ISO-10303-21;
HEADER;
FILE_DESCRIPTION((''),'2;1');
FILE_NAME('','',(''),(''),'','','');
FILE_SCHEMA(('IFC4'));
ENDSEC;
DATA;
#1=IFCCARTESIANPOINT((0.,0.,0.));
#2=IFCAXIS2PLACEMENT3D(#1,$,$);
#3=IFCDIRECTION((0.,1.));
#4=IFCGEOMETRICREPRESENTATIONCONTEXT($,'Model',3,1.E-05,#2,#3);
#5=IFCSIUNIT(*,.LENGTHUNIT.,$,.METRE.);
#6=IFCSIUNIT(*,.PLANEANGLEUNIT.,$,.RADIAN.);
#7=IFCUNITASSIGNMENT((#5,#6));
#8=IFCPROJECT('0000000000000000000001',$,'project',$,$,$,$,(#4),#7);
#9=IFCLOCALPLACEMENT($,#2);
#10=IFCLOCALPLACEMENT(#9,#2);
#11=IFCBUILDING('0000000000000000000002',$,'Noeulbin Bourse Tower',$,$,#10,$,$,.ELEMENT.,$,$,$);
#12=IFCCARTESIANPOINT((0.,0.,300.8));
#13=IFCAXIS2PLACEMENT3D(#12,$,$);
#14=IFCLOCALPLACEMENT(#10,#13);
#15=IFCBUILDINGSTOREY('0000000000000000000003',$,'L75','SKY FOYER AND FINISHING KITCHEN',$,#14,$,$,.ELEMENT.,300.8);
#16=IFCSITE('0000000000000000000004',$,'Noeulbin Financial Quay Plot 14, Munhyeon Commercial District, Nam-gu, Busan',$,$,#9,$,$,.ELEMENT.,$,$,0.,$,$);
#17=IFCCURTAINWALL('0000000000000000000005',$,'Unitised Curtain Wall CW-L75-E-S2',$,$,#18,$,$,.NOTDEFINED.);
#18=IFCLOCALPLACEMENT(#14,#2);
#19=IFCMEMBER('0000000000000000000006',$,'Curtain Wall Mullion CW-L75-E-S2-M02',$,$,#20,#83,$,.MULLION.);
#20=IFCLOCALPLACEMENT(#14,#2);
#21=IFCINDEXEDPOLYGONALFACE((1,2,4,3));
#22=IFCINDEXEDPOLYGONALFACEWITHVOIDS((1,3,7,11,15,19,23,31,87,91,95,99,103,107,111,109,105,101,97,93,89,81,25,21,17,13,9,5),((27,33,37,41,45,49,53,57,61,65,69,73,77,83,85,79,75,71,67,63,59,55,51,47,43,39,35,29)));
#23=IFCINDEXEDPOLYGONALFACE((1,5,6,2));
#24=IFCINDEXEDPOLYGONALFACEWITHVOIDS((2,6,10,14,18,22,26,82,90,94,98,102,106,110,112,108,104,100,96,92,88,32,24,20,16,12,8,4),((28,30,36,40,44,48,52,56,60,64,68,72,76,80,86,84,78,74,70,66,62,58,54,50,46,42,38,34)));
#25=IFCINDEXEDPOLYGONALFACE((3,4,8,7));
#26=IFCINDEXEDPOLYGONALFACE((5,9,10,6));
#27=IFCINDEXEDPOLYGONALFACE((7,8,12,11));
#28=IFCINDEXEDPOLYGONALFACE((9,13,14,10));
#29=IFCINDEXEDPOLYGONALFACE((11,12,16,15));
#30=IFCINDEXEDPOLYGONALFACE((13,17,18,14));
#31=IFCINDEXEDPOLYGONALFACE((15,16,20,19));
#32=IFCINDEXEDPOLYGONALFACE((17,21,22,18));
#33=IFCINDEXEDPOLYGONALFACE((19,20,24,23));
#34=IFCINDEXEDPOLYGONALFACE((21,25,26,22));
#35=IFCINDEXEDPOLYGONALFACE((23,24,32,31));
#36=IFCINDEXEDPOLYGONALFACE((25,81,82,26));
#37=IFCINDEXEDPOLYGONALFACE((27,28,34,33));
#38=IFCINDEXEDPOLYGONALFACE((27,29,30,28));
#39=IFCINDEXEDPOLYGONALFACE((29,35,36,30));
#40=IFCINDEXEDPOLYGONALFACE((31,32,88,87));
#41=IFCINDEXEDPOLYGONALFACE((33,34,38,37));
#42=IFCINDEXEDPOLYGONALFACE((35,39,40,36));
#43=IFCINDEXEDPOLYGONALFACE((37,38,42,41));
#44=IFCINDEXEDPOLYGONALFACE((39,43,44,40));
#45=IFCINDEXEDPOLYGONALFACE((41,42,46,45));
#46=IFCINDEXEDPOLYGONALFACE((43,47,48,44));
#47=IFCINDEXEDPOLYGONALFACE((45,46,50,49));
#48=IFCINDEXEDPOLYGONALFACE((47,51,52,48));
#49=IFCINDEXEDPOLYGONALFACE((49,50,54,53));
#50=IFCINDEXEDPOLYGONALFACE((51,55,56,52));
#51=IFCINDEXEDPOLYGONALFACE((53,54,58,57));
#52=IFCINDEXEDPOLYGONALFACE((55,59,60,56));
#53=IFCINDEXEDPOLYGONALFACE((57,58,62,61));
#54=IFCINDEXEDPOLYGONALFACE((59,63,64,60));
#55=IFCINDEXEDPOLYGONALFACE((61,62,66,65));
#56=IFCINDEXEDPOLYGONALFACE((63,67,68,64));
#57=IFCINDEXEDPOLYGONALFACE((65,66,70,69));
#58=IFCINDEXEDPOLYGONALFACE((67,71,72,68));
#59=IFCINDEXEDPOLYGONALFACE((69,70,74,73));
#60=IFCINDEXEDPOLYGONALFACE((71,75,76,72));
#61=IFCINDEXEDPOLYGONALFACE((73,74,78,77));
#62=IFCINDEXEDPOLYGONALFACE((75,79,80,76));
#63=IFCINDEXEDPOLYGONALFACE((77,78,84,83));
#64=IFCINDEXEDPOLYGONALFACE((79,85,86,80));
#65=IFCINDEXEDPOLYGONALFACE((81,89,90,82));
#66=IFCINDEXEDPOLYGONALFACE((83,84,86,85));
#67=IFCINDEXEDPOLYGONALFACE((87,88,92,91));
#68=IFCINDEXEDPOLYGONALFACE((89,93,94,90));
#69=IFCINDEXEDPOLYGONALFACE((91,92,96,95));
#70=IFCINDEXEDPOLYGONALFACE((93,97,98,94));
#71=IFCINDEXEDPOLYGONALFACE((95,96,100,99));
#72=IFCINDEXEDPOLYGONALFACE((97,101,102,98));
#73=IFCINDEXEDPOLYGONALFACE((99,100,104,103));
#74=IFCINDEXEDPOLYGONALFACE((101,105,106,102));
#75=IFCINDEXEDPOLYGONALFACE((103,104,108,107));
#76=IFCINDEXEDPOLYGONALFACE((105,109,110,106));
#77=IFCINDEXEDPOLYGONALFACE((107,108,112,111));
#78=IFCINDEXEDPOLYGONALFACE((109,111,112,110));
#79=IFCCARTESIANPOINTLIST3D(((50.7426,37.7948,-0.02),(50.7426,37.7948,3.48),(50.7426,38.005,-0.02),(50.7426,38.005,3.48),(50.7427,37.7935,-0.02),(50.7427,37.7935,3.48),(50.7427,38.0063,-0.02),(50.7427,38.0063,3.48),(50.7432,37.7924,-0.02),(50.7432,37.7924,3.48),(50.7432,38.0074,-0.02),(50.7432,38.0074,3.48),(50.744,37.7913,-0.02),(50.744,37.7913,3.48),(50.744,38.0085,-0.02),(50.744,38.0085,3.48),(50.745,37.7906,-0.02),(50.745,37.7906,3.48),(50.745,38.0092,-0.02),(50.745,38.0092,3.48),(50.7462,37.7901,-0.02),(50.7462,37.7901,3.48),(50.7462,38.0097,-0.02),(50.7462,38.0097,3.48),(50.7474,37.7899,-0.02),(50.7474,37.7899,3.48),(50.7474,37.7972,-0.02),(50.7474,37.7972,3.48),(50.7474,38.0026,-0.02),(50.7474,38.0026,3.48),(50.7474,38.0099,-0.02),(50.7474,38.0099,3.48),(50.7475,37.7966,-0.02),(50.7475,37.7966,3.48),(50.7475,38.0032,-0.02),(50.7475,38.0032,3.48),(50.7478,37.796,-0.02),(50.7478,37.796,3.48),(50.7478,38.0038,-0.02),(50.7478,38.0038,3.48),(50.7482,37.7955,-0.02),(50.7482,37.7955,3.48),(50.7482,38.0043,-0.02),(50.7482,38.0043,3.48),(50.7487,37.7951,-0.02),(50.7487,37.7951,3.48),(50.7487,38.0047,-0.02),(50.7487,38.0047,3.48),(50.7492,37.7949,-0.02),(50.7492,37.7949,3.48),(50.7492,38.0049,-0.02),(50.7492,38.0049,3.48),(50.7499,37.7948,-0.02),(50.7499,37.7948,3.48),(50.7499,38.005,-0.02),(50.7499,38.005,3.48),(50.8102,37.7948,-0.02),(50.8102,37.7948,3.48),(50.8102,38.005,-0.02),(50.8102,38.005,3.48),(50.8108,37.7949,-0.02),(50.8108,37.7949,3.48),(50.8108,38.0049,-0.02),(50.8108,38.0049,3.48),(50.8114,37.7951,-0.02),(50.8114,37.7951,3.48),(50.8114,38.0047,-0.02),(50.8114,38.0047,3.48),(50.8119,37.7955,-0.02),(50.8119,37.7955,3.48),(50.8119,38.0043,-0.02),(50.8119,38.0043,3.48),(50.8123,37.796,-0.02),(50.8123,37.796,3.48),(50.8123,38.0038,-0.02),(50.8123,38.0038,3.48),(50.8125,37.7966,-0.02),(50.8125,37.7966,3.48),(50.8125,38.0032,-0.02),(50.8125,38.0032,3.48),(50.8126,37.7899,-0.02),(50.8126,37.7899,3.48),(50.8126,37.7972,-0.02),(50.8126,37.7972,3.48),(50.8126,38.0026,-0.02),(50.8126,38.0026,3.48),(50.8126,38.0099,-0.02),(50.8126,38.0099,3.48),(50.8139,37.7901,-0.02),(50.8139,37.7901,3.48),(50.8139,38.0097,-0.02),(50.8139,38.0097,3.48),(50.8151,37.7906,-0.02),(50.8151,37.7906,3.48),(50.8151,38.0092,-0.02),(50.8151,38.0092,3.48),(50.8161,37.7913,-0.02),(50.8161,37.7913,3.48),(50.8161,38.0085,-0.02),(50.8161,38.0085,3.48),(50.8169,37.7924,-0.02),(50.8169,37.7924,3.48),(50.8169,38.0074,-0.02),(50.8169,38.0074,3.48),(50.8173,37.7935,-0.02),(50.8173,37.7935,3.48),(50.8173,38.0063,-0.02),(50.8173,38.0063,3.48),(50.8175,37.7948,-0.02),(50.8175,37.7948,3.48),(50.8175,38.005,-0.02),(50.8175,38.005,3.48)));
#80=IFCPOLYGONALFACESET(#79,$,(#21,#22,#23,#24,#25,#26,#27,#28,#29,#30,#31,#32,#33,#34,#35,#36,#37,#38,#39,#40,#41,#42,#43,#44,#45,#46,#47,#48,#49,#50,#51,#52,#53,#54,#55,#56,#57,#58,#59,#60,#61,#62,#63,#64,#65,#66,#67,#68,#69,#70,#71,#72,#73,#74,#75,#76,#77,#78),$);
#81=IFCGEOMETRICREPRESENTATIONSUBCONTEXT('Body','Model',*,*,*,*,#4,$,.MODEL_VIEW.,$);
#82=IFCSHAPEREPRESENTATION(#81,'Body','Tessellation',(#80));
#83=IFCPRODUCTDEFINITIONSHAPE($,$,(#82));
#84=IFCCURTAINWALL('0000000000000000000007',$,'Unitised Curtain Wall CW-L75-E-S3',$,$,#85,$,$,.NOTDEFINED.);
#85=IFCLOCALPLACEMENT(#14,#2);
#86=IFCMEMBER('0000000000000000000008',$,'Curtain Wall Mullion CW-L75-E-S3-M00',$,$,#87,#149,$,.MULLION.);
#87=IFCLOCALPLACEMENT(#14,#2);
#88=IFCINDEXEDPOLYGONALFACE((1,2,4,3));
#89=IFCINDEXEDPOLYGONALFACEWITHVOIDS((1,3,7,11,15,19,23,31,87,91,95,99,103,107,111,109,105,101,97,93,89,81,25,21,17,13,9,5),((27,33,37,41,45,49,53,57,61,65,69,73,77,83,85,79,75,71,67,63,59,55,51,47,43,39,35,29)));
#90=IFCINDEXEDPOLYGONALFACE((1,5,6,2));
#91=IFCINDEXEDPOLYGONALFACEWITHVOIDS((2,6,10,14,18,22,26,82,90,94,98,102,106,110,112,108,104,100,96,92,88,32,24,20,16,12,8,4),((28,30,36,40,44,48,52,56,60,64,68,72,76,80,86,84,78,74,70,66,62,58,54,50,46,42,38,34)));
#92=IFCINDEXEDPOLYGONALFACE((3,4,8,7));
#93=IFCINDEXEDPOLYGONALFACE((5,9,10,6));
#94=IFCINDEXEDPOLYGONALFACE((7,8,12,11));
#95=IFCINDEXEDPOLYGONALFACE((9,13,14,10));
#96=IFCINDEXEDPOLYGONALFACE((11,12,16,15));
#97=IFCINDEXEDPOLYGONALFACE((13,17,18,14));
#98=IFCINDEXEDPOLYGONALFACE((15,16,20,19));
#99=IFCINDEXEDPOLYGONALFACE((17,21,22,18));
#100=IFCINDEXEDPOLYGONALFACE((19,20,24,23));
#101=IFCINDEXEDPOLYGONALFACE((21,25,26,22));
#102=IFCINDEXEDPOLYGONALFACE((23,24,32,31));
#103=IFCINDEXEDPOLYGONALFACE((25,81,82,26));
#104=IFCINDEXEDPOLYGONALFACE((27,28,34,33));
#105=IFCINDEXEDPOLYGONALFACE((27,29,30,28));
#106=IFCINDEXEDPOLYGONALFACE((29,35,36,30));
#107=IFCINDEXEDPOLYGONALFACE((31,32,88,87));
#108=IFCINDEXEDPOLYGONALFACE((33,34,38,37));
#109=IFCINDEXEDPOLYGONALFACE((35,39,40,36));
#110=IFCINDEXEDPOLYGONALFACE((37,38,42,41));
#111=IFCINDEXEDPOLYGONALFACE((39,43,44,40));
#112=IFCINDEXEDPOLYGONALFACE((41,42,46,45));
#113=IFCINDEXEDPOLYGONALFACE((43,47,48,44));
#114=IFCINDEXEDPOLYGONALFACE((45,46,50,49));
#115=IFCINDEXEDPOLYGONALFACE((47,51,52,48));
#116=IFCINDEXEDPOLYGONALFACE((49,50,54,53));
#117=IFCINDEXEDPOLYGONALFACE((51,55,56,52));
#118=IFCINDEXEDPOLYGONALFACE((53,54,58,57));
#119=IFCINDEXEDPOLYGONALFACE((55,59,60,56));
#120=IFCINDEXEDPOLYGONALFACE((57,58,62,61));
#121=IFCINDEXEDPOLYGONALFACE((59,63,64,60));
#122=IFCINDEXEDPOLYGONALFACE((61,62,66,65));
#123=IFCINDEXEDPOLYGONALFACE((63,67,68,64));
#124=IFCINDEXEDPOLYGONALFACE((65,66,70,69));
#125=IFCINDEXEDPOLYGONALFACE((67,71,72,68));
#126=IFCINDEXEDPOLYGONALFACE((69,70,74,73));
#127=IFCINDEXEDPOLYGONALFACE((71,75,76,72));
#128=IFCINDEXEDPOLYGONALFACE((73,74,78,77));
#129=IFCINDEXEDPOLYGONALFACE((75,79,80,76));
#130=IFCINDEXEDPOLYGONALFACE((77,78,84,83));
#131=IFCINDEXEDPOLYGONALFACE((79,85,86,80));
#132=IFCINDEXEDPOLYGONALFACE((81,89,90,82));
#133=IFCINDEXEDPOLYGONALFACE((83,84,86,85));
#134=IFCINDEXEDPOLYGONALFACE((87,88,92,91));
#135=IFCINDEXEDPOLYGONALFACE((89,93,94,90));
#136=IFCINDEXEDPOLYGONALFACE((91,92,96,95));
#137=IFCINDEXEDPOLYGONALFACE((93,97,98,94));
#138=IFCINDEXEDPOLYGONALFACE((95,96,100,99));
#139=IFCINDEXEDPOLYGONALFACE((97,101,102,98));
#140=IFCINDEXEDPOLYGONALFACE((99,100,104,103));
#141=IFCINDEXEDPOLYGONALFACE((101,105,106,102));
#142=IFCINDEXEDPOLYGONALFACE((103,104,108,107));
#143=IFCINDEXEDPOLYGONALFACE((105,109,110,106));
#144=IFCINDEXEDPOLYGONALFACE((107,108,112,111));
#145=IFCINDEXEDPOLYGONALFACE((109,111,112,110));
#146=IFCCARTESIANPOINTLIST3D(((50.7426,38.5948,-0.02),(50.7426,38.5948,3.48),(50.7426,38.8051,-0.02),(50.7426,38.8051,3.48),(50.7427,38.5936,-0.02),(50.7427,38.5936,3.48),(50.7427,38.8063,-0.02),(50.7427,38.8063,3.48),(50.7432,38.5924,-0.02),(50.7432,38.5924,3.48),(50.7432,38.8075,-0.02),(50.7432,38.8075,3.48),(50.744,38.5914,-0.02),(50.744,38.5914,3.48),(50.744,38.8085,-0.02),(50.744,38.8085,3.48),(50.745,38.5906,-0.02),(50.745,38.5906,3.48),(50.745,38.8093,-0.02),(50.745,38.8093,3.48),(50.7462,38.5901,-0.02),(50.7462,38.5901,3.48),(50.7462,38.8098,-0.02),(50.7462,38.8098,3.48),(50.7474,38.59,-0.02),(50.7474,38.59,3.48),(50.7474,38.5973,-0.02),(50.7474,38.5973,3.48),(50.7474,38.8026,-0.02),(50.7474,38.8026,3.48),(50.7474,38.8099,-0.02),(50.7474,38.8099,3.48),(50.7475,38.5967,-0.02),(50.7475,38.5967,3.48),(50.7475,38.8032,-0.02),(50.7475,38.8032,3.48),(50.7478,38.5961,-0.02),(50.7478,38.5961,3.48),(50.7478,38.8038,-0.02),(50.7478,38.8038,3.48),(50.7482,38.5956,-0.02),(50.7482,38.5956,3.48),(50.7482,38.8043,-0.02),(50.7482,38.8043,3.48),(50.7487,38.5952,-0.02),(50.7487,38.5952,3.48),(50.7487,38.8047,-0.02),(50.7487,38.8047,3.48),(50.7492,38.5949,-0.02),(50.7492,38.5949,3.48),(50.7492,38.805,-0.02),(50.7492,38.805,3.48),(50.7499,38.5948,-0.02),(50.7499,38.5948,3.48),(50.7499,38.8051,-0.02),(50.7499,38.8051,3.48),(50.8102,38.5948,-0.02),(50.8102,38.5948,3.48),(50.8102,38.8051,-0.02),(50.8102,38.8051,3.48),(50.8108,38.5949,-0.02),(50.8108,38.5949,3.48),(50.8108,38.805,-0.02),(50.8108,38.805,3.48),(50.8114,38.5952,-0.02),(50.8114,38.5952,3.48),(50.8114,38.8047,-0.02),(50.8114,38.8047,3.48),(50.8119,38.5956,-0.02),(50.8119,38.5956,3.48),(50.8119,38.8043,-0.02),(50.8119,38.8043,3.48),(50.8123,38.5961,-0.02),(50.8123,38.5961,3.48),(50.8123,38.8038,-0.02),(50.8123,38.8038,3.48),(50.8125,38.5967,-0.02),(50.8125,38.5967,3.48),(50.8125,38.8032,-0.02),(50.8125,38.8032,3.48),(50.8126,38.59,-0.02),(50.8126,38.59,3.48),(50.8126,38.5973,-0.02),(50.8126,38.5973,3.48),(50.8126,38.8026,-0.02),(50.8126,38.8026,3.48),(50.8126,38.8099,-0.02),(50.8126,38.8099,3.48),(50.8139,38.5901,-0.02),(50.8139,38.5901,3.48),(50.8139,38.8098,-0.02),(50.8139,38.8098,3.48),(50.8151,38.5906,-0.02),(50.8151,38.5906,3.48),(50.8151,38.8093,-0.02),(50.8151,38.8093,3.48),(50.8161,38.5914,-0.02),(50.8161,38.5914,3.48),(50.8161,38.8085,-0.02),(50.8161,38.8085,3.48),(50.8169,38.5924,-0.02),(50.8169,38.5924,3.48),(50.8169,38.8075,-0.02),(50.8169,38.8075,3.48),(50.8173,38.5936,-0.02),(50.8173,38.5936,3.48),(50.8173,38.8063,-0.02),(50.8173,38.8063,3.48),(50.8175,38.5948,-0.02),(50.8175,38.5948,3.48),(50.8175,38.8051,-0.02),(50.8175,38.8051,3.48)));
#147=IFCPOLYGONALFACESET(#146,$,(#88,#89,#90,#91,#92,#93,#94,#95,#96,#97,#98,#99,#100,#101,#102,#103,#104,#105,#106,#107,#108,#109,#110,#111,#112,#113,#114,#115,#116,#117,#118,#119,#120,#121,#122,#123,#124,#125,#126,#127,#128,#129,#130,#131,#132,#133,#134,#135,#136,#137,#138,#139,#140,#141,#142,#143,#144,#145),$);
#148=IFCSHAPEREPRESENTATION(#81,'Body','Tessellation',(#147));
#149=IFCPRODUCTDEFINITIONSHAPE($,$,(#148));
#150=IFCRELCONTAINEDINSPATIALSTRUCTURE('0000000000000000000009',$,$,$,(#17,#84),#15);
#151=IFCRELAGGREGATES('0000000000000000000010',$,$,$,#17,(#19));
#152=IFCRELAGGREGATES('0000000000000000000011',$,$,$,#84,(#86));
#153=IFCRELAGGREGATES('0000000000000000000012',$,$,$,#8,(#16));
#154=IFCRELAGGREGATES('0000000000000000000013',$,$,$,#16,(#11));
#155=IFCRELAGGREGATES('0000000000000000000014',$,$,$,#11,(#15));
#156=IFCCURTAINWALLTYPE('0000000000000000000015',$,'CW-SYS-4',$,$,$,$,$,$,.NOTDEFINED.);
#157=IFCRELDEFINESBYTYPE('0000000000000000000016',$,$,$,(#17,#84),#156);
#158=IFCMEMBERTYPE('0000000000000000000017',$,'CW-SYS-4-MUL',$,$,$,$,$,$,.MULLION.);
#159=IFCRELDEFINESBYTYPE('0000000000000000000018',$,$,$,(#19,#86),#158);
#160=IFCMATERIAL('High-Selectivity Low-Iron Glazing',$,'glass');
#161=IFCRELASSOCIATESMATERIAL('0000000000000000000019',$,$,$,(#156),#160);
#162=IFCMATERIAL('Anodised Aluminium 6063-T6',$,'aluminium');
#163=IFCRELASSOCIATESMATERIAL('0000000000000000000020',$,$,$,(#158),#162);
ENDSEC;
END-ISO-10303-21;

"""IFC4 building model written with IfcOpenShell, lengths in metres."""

from ifc_helpers import new_model, si_unit, direction, frame, origin, origin_2d, place, context, subcontext, project, spatial, hollow_rectangle, extrude, material, material_profile, profile_set, type_object, element, aggregate, save


model = new_model("IFC4")

# Units and contexts
model_context = context("Model", 3, precision=1e-05, world=origin(), true_north=direction((0.0, 1.0)))
body_context = subcontext(model_context, "Body", "Model", "MODEL_VIEW")
ifc_project = project(units=[si_unit("LENGTHUNIT", "METRE"), si_unit("PLANEANGLEUNIT", "RADIAN")], contexts=[model_context])

# Site, building, storey
site_placement = place(None, origin())
site = spatial("IfcSite", under=ifc_project, at=site_placement, Name="Noeulbin Financial Quay Plot 14, Munhyeon Commercial District, Nam-gu, Busan", CompositionType="ELEMENT", RefElevation=0.0)
building_placement = place(site_placement, origin())
building = spatial("IfcBuilding", under=site, at=building_placement, Name="Noeulbin Bourse Tower", CompositionType="ELEMENT")
storey_placement = place(building_placement, frame((0.0, 0.0, 300.8)))
storey = spatial("IfcBuildingStorey", under=building, at=storey_placement, Name="L75", Description="SKY FOYER AND FINISHING KITCHEN", CompositionType="ELEMENT", Elevation=300.8)

# Shared definitions
ifc_material_1 = material(Name="High-Selectivity Low-Iron Glazing", Category="glass")
curtain_wall_type = type_object("IfcCurtainWallType", Name="CW-SYS-4", PredefinedType="NOTDEFINED", material=ifc_material_1)
ifc_material_2 = material(Name="Anodised Aluminium 6063-T6", Category="aluminium")
ifc_material_profile_1 = material_profile(ifc_material_2, hollow_rectangle(XDim=0.075, YDim=0.22, WallThickness=0.0049, InnerFilletRadius=0.0024, OuterFilletRadius=0.0049, at=origin_2d()), Name="ALU-MULL-75x220x5", Category="LoadBearing")
ifc_profile_set_1 = profile_set([ifc_material_profile_1], Name="Anodised Aluminium 6063-T6")
member_type_1 = type_object("IfcMemberType", Name="CW-SYS-4-MUL", PredefinedType="MULLION", material=ifc_profile_set_1)

# Curtain walls, members
curtain_wall_1_placement = place(storey_placement, origin())
curtain_wall_1 = element("IfcCurtainWall", 1, at=curtain_wall_1_placement, inside=storey, type_object=curtain_wall_type, Name="Unitised Curtain Wall CW-L75-E-S2", PredefinedType="NOTDEFINED")
member_1_placement = place(storey_placement, frame((50.78, 37.8999, -0.02), z_axis=(0.0, 0.0, 1.0), x_axis=(1.0, 0.0, 0.0)))
member_1 = element("IfcMember", 2, at=member_1_placement, type_object=member_type_1, Name="Curtain Wall Mullion CW-L75-E-S2-M02", PredefinedType="MULLION", context=body_context, shape_type="SweptSolid", body=[
    extrude(hollow_rectangle(XDim=0.075, YDim=0.22, WallThickness=0.0049, InnerFilletRadius=0.0024, OuterFilletRadius=0.0049, at=origin_2d()), origin(), (0.0, 0.0, 1.0), 3.5),
])
curtain_wall_2_placement = place(storey_placement, origin())
curtain_wall_2 = element("IfcCurtainWall", 3, at=curtain_wall_2_placement, inside=storey, type_object=curtain_wall_type, Name="Unitised Curtain Wall CW-L75-E-S3", PredefinedType="NOTDEFINED")
member_2_placement = place(storey_placement, frame((50.78, 38.7, -0.02), z_axis=(0.0, 0.0, 1.0), x_axis=(1.0, 0.0, 0.0)))
member_2 = element("IfcMember", 4, at=member_2_placement, type_object=member_type_1, Name="Curtain Wall Mullion CW-L75-E-S3-M00", PredefinedType="MULLION", context=body_context, shape_type="SweptSolid", body=[
    extrude(hollow_rectangle(XDim=0.075, YDim=0.22, WallThickness=0.0049, InnerFilletRadius=0.0024, OuterFilletRadius=0.0049, at=origin_2d()), origin(), (0.0, 0.0, 1.0), 3.5),
])

aggregate(curtain_wall_1, [member_1])
aggregate(curtain_wall_2, [member_2])

save(model, "model.ifc")
